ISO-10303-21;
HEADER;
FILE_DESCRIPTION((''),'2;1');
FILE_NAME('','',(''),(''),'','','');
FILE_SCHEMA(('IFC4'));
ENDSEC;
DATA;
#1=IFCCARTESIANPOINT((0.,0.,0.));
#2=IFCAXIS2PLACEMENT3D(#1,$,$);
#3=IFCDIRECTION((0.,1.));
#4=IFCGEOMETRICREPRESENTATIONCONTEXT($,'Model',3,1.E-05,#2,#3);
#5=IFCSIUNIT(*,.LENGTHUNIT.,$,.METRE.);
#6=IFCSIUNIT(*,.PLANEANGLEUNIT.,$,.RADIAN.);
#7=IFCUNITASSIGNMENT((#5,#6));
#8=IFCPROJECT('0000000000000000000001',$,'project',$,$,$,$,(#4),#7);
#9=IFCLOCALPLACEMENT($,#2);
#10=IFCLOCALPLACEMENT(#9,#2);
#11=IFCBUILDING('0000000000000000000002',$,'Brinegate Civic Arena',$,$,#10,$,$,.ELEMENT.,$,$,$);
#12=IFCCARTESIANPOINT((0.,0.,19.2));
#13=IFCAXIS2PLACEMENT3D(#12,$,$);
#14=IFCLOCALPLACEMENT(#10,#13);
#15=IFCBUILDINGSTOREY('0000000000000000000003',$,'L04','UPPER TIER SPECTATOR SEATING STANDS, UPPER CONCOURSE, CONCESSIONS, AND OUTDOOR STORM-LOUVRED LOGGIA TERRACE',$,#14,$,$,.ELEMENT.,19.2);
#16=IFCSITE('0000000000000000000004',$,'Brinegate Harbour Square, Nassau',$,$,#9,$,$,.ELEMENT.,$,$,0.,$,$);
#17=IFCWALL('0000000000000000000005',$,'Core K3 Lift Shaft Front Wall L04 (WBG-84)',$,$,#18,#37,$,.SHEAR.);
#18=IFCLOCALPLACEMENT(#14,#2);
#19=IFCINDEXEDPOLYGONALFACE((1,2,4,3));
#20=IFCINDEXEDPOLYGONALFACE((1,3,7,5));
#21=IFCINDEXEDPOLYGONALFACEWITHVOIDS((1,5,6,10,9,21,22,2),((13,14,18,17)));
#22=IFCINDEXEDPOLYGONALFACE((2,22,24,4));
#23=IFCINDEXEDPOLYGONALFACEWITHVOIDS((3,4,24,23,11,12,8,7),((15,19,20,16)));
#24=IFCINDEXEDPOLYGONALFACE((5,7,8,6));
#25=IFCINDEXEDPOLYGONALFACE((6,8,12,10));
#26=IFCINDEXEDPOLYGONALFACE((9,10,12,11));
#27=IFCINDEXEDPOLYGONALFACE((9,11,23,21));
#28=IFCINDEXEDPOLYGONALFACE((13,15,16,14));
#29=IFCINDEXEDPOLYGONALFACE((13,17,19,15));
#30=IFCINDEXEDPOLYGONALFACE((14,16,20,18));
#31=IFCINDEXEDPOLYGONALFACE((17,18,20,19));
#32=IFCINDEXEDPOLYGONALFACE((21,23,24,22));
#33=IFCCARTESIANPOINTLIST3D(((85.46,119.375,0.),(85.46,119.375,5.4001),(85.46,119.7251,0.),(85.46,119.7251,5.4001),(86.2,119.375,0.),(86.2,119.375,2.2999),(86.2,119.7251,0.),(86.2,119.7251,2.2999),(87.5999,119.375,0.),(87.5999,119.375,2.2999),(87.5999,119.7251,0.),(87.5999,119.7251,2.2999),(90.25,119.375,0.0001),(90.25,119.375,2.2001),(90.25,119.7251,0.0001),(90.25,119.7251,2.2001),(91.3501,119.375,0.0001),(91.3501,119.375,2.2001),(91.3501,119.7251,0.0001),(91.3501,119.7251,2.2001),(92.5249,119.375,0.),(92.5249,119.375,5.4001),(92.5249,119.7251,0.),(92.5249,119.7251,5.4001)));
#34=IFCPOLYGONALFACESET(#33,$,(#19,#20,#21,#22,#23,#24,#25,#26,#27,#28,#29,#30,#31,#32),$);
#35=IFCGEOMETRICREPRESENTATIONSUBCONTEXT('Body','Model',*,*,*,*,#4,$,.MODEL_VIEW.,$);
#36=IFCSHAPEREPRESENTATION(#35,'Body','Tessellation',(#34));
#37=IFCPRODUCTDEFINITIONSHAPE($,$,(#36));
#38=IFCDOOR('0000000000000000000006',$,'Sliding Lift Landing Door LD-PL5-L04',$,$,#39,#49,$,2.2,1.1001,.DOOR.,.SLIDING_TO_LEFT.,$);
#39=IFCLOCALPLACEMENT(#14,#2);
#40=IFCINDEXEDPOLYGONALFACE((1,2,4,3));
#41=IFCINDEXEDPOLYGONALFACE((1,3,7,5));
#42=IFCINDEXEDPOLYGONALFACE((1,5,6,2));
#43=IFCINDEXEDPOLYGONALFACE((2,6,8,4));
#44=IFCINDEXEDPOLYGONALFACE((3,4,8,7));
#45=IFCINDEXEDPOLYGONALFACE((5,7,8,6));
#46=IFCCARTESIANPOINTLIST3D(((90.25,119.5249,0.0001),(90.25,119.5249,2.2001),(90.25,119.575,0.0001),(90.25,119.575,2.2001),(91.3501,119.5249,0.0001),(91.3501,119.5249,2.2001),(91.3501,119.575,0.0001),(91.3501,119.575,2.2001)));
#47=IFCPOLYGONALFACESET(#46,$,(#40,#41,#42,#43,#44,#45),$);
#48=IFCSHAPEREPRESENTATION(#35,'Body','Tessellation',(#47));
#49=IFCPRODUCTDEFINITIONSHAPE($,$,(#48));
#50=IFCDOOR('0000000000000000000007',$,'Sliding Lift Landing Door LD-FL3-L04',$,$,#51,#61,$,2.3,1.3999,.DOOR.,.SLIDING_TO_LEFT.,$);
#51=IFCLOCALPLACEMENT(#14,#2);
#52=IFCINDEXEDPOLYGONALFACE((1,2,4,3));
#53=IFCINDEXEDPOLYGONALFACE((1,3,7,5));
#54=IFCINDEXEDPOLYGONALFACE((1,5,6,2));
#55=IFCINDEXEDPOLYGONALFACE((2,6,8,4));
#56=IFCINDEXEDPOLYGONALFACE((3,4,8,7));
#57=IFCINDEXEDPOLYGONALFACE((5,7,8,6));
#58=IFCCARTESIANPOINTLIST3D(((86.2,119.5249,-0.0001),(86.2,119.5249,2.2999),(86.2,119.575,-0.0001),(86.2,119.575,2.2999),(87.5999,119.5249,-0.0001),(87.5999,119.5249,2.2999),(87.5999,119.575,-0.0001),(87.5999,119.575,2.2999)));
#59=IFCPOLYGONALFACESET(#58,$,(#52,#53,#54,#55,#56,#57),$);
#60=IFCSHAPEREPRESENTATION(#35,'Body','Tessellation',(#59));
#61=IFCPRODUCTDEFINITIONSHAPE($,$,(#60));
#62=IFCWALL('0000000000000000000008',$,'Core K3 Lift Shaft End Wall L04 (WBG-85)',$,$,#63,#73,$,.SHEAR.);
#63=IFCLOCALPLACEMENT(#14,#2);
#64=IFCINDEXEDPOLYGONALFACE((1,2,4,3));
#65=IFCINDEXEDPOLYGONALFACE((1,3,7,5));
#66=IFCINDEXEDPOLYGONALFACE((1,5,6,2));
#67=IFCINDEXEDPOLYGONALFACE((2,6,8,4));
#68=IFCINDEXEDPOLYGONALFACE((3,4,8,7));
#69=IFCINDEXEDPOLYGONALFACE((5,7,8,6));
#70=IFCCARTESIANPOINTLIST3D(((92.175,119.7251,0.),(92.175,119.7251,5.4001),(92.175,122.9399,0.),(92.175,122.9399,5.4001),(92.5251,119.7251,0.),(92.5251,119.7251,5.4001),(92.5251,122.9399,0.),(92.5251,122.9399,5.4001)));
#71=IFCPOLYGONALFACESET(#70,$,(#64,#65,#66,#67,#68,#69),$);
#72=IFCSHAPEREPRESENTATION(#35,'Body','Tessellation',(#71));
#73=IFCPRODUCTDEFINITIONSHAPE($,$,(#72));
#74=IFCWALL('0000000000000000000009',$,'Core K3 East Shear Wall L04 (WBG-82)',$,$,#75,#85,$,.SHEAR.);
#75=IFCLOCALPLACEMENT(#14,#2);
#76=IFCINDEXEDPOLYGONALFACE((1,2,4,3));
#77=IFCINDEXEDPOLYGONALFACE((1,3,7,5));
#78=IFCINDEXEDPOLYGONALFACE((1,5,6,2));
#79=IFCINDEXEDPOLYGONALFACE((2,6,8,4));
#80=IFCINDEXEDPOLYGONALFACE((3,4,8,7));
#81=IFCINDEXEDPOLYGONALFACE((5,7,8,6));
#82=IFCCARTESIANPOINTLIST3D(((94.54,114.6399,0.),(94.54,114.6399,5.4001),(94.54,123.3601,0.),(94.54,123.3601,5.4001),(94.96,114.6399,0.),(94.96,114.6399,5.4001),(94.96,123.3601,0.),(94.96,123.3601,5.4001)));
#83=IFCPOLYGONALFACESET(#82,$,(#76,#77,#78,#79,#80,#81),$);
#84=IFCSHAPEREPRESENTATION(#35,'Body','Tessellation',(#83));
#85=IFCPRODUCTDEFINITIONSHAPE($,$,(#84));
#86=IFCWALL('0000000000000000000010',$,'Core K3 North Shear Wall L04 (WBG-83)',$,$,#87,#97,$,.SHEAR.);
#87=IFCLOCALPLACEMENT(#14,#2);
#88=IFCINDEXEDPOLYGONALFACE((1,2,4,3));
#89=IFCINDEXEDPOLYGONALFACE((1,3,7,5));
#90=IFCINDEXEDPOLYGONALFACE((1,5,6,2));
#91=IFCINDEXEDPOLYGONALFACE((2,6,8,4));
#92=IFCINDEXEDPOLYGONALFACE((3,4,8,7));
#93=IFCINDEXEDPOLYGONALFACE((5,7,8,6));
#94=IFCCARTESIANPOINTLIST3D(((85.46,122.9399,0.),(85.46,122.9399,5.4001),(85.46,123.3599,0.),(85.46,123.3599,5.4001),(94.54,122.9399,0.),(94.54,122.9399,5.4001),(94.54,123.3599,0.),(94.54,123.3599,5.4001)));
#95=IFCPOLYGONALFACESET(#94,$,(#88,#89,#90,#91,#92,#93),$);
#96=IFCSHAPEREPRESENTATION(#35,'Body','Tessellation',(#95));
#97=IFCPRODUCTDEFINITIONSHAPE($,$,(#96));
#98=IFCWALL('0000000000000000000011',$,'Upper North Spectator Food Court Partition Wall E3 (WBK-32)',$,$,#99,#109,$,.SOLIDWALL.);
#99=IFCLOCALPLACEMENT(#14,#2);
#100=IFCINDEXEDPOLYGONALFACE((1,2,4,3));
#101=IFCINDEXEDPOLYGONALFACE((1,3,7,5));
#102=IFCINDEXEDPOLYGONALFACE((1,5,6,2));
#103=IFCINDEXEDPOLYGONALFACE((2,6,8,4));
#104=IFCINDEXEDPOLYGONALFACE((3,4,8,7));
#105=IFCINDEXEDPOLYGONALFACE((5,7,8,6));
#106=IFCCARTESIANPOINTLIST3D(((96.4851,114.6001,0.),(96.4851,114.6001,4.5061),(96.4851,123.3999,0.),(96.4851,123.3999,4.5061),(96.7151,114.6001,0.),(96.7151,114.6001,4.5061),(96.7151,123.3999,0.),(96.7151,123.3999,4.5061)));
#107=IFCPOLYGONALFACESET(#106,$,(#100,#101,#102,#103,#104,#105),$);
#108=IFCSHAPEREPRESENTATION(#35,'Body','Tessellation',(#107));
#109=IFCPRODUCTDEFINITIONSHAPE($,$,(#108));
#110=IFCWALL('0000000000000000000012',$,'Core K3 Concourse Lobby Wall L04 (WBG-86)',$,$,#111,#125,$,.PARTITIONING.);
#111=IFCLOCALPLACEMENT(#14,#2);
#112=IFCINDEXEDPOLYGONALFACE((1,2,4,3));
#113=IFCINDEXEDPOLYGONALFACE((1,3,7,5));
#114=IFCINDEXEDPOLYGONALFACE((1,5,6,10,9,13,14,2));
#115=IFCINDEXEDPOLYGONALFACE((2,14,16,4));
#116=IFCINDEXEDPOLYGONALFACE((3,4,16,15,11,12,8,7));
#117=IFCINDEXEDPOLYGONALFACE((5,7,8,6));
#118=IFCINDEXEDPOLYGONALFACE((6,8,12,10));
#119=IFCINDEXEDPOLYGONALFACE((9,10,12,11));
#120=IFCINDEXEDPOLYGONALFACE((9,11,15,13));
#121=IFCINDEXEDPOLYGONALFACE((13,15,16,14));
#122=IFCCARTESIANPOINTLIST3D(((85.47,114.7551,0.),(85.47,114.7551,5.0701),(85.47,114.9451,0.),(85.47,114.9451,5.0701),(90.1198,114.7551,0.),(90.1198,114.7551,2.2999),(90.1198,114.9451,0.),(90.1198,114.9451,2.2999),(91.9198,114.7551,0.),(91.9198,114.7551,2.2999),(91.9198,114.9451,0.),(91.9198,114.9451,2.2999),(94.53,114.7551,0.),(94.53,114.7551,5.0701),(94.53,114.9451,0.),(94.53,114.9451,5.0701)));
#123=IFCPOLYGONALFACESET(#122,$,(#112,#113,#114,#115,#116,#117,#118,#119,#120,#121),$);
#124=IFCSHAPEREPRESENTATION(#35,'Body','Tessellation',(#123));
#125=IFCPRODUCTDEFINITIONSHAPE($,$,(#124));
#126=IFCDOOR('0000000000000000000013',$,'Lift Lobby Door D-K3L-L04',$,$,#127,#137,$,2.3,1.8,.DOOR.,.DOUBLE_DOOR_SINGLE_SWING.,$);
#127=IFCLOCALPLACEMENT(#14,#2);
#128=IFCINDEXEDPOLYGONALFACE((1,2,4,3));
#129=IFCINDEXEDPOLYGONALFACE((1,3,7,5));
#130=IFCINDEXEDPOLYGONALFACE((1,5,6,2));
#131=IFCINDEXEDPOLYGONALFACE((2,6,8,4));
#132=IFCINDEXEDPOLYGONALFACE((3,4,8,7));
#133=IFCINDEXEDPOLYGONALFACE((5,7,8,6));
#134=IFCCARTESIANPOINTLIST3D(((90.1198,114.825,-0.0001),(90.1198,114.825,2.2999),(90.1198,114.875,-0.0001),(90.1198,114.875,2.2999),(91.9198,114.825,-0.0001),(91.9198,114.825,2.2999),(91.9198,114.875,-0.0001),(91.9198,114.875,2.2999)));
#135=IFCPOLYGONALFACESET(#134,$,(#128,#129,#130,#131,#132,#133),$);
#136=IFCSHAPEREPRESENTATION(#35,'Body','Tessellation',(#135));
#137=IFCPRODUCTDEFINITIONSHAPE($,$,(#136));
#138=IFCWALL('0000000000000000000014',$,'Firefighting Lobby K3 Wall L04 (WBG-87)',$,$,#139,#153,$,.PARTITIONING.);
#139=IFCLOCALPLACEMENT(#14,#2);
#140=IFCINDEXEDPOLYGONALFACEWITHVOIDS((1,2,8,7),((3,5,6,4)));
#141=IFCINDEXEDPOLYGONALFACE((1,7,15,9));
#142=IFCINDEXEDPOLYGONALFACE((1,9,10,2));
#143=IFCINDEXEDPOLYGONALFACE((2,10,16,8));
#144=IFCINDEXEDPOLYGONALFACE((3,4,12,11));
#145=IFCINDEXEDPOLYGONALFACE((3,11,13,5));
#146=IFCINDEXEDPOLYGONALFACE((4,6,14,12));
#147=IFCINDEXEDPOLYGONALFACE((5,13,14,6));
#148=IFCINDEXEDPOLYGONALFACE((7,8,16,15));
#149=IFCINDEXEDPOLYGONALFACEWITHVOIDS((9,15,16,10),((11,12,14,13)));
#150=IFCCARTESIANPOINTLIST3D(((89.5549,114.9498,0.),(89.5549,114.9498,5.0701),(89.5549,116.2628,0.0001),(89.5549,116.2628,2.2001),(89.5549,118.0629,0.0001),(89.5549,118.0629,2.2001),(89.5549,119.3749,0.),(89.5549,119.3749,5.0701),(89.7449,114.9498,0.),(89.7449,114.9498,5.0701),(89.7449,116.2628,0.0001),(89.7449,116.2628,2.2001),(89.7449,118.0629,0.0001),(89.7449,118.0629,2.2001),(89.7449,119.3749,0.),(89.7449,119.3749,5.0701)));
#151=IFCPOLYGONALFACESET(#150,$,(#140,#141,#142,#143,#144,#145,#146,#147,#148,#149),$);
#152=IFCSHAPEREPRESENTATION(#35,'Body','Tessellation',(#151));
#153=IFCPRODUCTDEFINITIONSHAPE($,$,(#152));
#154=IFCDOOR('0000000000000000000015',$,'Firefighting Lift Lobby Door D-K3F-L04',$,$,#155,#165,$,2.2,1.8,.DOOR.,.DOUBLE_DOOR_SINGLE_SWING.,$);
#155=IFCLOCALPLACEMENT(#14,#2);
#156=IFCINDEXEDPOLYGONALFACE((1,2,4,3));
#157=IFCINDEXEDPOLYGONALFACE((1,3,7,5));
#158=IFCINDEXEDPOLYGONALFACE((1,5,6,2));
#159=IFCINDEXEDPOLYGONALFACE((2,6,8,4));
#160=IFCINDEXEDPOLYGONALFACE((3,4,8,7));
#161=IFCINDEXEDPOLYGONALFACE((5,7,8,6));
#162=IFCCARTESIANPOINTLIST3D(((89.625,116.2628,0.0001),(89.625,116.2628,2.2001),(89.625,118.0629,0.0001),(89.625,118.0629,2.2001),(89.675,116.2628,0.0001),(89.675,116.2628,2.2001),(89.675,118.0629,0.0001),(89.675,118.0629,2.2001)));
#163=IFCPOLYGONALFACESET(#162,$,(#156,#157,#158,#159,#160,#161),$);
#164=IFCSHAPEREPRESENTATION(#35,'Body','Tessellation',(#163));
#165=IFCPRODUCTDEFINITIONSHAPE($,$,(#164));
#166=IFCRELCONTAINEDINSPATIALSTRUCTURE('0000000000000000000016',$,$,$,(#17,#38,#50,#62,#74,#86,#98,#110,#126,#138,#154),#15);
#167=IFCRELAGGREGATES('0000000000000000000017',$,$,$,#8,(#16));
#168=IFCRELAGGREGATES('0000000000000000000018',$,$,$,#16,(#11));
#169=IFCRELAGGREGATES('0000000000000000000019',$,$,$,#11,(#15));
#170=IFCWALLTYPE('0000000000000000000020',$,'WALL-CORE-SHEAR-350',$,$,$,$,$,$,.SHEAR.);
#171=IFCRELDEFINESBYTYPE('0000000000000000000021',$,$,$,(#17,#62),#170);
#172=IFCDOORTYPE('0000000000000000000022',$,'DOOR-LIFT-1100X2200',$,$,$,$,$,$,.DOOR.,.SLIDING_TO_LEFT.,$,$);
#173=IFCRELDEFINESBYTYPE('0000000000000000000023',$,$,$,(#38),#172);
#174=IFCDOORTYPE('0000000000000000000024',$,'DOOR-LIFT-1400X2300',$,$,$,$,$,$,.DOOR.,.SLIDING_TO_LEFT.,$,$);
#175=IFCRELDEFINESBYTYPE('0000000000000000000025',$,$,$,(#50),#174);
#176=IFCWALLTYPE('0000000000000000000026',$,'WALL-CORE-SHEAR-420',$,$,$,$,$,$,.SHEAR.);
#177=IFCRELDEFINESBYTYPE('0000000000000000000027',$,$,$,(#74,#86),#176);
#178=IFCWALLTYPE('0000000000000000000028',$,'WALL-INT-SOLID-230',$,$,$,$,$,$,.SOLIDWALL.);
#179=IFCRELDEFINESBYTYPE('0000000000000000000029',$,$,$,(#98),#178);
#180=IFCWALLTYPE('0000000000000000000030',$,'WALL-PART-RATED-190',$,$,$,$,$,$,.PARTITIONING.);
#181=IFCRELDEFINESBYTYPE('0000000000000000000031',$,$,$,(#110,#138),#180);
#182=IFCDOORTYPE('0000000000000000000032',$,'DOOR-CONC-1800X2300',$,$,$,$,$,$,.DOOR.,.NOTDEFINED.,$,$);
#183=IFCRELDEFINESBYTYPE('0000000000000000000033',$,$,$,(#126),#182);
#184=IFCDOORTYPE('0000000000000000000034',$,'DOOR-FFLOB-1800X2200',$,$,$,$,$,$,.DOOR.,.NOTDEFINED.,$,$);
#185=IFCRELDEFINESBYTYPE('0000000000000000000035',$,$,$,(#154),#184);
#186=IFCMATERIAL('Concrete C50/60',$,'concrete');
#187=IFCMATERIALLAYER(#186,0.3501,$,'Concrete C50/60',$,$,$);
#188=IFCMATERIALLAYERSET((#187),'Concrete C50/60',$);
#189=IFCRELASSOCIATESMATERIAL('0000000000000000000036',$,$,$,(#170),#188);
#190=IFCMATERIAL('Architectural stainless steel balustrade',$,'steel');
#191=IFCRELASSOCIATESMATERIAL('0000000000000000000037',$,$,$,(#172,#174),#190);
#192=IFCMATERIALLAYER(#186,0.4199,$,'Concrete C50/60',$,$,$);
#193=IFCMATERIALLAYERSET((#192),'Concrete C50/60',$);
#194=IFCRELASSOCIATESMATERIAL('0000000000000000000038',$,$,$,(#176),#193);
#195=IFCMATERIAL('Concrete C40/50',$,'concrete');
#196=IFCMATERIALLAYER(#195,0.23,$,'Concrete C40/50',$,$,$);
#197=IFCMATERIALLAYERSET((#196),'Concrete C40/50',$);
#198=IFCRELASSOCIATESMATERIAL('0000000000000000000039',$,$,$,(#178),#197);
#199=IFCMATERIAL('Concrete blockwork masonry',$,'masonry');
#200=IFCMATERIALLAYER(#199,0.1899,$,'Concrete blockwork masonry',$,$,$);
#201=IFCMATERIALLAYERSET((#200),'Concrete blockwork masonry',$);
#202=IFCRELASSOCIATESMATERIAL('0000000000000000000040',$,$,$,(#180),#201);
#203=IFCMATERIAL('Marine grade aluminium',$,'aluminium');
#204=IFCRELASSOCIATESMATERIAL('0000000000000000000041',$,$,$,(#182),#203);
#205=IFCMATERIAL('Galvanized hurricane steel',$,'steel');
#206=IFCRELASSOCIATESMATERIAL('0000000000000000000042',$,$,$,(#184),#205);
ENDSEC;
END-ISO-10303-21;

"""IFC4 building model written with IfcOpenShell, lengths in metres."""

from ifc_helpers import new_model, si_unit, direction, frame, frame_2d, origin, place, context, subcontext, project, spatial, rectangle, extrude, material, layer, layer_set, type_object, element, fill, save


model = new_model("IFC4")

# Units and contexts
model_context = context("Model", 3, precision=1e-05, world=origin(), true_north=direction((0.0, 1.0)))
body_context = subcontext(model_context, "Body", "Model", "MODEL_VIEW")
ifc_project = project(units=[si_unit("LENGTHUNIT", "METRE"), si_unit("PLANEANGLEUNIT", "RADIAN")], contexts=[model_context])

# Site, building, storey
site_placement = place(None, origin())
site = spatial("IfcSite", under=ifc_project, at=site_placement, Name="Brinegate Harbour Square, Nassau", CompositionType="ELEMENT", RefElevation=0.0)
building_placement = place(site_placement, origin())
building = spatial("IfcBuilding", under=site, at=building_placement, Name="Brinegate Civic Arena", CompositionType="ELEMENT")
storey_placement = place(building_placement, frame((0.0, 0.0, 19.2)))
storey = spatial("IfcBuildingStorey", under=building, at=storey_placement, Name="L04", Description="UPPER TIER SPECTATOR SEATING STANDS, UPPER CONCOURSE, CONCESSIONS, AND OUTDOOR STORM-LOUVRED LOGGIA TERRACE", CompositionType="ELEMENT", Elevation=19.2)

# Shared definitions
ifc_material_1 = material(Name="Concrete C50/60", Category="concrete")

# Shared definitions
ifc_material_2 = material(Name="Marine grade aluminium", Category="aluminium")

# Wall, openings, doors
ifc_layer_1 = layer(ifc_material_1, 0.3501, Name="Concrete C50/60")
ifc_layer_set_1 = layer_set([ifc_layer_1], Name="Concrete C50/60")
wall_type_1 = type_object("IfcWallType", Name="WALL-CORE-SHEAR-350", PredefinedType="SHEAR", material=ifc_layer_set_1)
wall_1_placement = place(storey_placement, frame((85.46, 119.55, 0.0), z_axis=(0.0, 0.0, 1.0), x_axis=(1.0, 0.0, 0.0)))
wall_1 = element("IfcWall", 1, at=wall_1_placement, inside=storey, type_object=wall_type_1, Name="Core K3 Lift Shaft Front Wall L04 (WBG-84)", PredefinedType="SHEAR", context=body_context, shape_type="SweptSolid", body=[
    extrude(rectangle(XDim=7.0649, YDim=0.3501, at=frame_2d((3.5325, 0.0))), origin(), (0.0, 0.0, 1.0), 5.4001),
])
opening_1_placement = place(wall_1_placement, frame((0.74, 0.0, 0.0)))
opening_1 = element("IfcOpeningElement", 2, at=opening_1_placement, cuts=wall_1, PredefinedType="OPENING", context=body_context, shape_type="SweptSolid", body=[
    extrude(rectangle(XDim=1.3999, YDim=2.3, at=frame_2d((0.7, 1.1499))), frame((0.0, 0.1851, 0.0), z_axis=(0.0, -1.0, 0.0), x_axis=(1.0, 0.0, 0.0)), (0.0, 0.0, 1.0), 0.3701),
])
opening_2_placement = place(wall_1_placement, frame((4.79, 0.0, 0.0)))
opening_2 = element("IfcOpeningElement", 3, at=opening_2_placement, cuts=wall_1, PredefinedType="OPENING", context=body_context, shape_type="SweptSolid", body=[
    extrude(rectangle(XDim=1.1001, YDim=2.2, at=frame_2d((0.55, 1.1001))), frame((0.0, 0.1851, 0.0), z_axis=(0.0, -1.0, 0.0), x_axis=(1.0, 0.0, 0.0)), (0.0, 0.0, 1.0), 0.3701),
])
ifc_material_3 = material(Name="Architectural stainless steel balustrade", Category="steel")
door_type_1 = type_object("IfcDoorType", Name="DOOR-LIFT-1100X2200", OperationType="SLIDING_TO_LEFT", PredefinedType="DOOR", material=ifc_material_3)
door_1_placement = place(opening_2_placement, origin())
door_1 = element("IfcDoor", 4, at=door_1_placement, inside=storey, type_object=door_type_1, Name="Sliding Lift Landing Door LD-PL5-L04", OperationType="SLIDING_TO_LEFT", OverallHeight=2.2, OverallWidth=1.1001, PredefinedType="DOOR", context=body_context, shape_type="SweptSolid", body=[
    extrude(rectangle(XDim=1.1001, YDim=2.2, at=frame_2d((0.55, 1.1001))), frame((0.0, 0.0249, 0.0), z_axis=(0.0, -1.0, 0.0), x_axis=(1.0, 0.0, 0.0)), (0.0, 0.0, 1.0), 0.05),
])
fill(opening_2, door_1)
door_type_2 = type_object("IfcDoorType", Name="DOOR-LIFT-1400X2300", OperationType="SLIDING_TO_LEFT", PredefinedType="DOOR", material=ifc_material_3)
door_2_placement = place(opening_1_placement, origin())
door_2 = element("IfcDoor", 5, at=door_2_placement, inside=storey, type_object=door_type_2, Name="Sliding Lift Landing Door LD-FL3-L04", OperationType="SLIDING_TO_LEFT", OverallHeight=2.3, OverallWidth=1.3999, PredefinedType="DOOR", context=body_context, shape_type="SweptSolid", body=[
    extrude(rectangle(XDim=1.3999, YDim=2.3, at=frame_2d((0.7, 1.1499))), frame((0.0, 0.0249, 0.0), z_axis=(0.0, -1.0, 0.0), x_axis=(1.0, 0.0, 0.0)), (0.0, 0.0, 1.0), 0.05),
])
fill(opening_1, door_2)

# Walls
wall_2_placement = place(storey_placement, frame((92.3501, 119.7251, 0.0), z_axis=(0.0, 0.0, 1.0), x_axis=(0.0, 1.0, 0.0)))
element("IfcWall", 6, at=wall_2_placement, inside=storey, type_object=wall_type_1, Name="Core K3 Lift Shaft End Wall L04 (WBG-85)", PredefinedType="SHEAR", context=body_context, shape_type="SweptSolid", body=[
    extrude(rectangle(XDim=3.2148, YDim=0.3501, at=frame_2d((1.6074, 0.0))), origin(), (0.0, 0.0, 1.0), 5.4001),
])
ifc_layer_2 = layer(ifc_material_1, 0.4199, Name="Concrete C50/60")
ifc_layer_set_2 = layer_set([ifc_layer_2], Name="Concrete C50/60")
wall_type_2 = type_object("IfcWallType", Name="WALL-CORE-SHEAR-420", PredefinedType="SHEAR", material=ifc_layer_set_2)
wall_3_placement = place(storey_placement, frame((94.75, 114.6399, 0.0), z_axis=(0.0, 0.0, 1.0), x_axis=(0.0, 1.0, 0.0)))
element("IfcWall", 7, at=wall_3_placement, inside=storey, type_object=wall_type_2, Name="Core K3 East Shear Wall L04 (WBG-82)", PredefinedType="SHEAR", context=body_context, shape_type="SweptSolid", body=[
    extrude(rectangle(XDim=8.7202, YDim=0.4199, at=frame_2d((4.3601, 0.0))), origin(), (0.0, 0.0, 1.0), 5.4001),
])
wall_4_placement = place(storey_placement, frame((85.46, 123.1499, 0.0), z_axis=(0.0, 0.0, 1.0), x_axis=(1.0, 0.0, 0.0)))
element("IfcWall", 8, at=wall_4_placement, inside=storey, type_object=wall_type_2, Name="Core K3 North Shear Wall L04 (WBG-83)", PredefinedType="SHEAR", context=body_context, shape_type="SweptSolid", body=[
    extrude(rectangle(XDim=9.0801, YDim=0.4199, at=frame_2d((4.54, 0.0))), origin(), (0.0, 0.0, 1.0), 5.4001),
])
ifc_material_4 = material(Name="Concrete C40/50", Category="concrete")
ifc_layer_3 = layer(ifc_material_4, 0.23, Name="Concrete C40/50")
ifc_layer_set_3 = layer_set([ifc_layer_3], Name="Concrete C40/50")
wall_type_3 = type_object("IfcWallType", Name="WALL-INT-SOLID-230", PredefinedType="SOLIDWALL", material=ifc_layer_set_3)
wall_5_placement = place(storey_placement, frame((96.6001, 114.6001, 0.0), z_axis=(0.0, 0.0, 1.0), x_axis=(0.0, 1.0, 0.0)))
element("IfcWall", 9, at=wall_5_placement, inside=storey, type_object=wall_type_3, Name="Upper North Spectator Food Court Partition Wall E3 (WBK-32)", PredefinedType="SOLIDWALL", context=body_context, shape_type="SweptSolid", body=[
    extrude(rectangle(XDim=8.7998, YDim=0.23, at=frame_2d((4.3999, 0.0))), origin(), (0.0, 0.0, 1.0), 4.5061),
])

# Walls, openings, doors
ifc_material_5 = material(Name="Concrete blockwork masonry", Category="masonry")
ifc_layer_4 = layer(ifc_material_5, 0.1899, Name="Concrete blockwork masonry")
ifc_layer_set_4 = layer_set([ifc_layer_4], Name="Concrete blockwork masonry")
wall_type_4 = type_object("IfcWallType", Name="WALL-PART-RATED-190", PredefinedType="PARTITIONING", material=ifc_layer_set_4)
wall_6_placement = place(storey_placement, frame((85.47, 114.8501, 0.0), z_axis=(0.0, 0.0, 1.0), x_axis=(1.0, 0.0, 0.0)))
wall_6 = element("IfcWall", 10, at=wall_6_placement, inside=storey, type_object=wall_type_4, Name="Core K3 Concourse Lobby Wall L04 (WBG-86)", PredefinedType="PARTITIONING", context=body_context, shape_type="SweptSolid", body=[
    extrude(rectangle(XDim=9.0601, YDim=0.1899, at=frame_2d((4.53, 0.0))), origin(), (0.0, 0.0, 1.0), 5.0701),
])
opening_3_placement = place(wall_6_placement, frame((4.6499, 0.0, 0.0)))
opening_3 = element("IfcOpeningElement", 11, at=opening_3_placement, cuts=wall_6, PredefinedType="OPENING", context=body_context, shape_type="SweptSolid", body=[
    extrude(rectangle(XDim=1.8, YDim=2.3, at=frame_2d((0.8999, 1.1499))), frame((0.0, 0.105, 0.0), z_axis=(0.0, -1.0, 0.0), x_axis=(1.0, 0.0, 0.0)), (0.0, 0.0, 1.0), 0.21),
])
door_type_3 = type_object("IfcDoorType", Name="DOOR-CONC-1800X2300", OperationType="NOTDEFINED", PredefinedType="DOOR", material=ifc_material_2)
door_3_placement = place(opening_3_placement, origin())
door_3 = element("IfcDoor", 12, at=door_3_placement, inside=storey, type_object=door_type_3, Name="Lift Lobby Door D-K3L-L04", OperationType="DOUBLE_DOOR_SINGLE_SWING", OverallHeight=2.3, OverallWidth=1.8, PredefinedType="DOOR", context=body_context, shape_type="SweptSolid", body=[
    extrude(rectangle(XDim=1.8, YDim=2.3, at=frame_2d((0.8999, 1.1499))), frame((0.0, 0.0249, 0.0), z_axis=(0.0, -1.0, 0.0), x_axis=(1.0, 0.0, 0.0)), (0.0, 0.0, 1.0), 0.05),
])
fill(opening_3, door_3)
wall_7_placement = place(storey_placement, frame((89.6499, 114.95, 0.0), z_axis=(0.0, 0.0, 1.0), x_axis=(0.0, 1.0, 0.0)))
wall_7 = element("IfcWall", 13, at=wall_7_placement, inside=storey, type_object=wall_type_4, Name="Firefighting Lobby K3 Wall L04 (WBG-87)", PredefinedType="PARTITIONING", context=body_context, shape_type="SweptSolid", body=[
    extrude(rectangle(XDim=4.425, YDim=0.1899, at=frame_2d((2.2124, 0.0))), origin(), (0.0, 0.0, 1.0), 5.0701),
])
opening_4_placement = place(wall_7_placement, frame((1.313, 0.0, 0.0)))
opening_4 = element("IfcOpeningElement", 14, at=opening_4_placement, cuts=wall_7, PredefinedType="OPENING", context=body_context, shape_type="SweptSolid", body=[
    extrude(rectangle(XDim=1.8, YDim=2.2, at=frame_2d((0.8999, 1.1001))), frame((0.0, 0.105, 0.0), z_axis=(0.0, -1.0, 0.0), x_axis=(1.0, 0.0, 0.0)), (0.0, 0.0, 1.0), 0.21),
])
ifc_material_6 = material(Name="Galvanized hurricane steel", Category="steel")
door_type_4 = type_object("IfcDoorType", Name="DOOR-FFLOB-1800X2200", OperationType="NOTDEFINED", PredefinedType="DOOR", material=ifc_material_6)
door_4_placement = place(opening_4_placement, origin())
door_4 = element("IfcDoor", 15, at=door_4_placement, inside=storey, type_object=door_type_4, Name="Firefighting Lift Lobby Door D-K3F-L04", OperationType="DOUBLE_DOOR_SINGLE_SWING", OverallHeight=2.2, OverallWidth=1.8, PredefinedType="DOOR", context=body_context, shape_type="SweptSolid", body=[
    extrude(rectangle(XDim=1.8, YDim=2.2, at=frame_2d((0.8999, 1.1001))), frame((0.0, 0.0249, 0.0), z_axis=(0.0, -1.0, 0.0), x_axis=(1.0, 0.0, 0.0)), (0.0, 0.0, 1.0), 0.05),
])
fill(opening_4, door_4)

save(model, "model.ifc")
